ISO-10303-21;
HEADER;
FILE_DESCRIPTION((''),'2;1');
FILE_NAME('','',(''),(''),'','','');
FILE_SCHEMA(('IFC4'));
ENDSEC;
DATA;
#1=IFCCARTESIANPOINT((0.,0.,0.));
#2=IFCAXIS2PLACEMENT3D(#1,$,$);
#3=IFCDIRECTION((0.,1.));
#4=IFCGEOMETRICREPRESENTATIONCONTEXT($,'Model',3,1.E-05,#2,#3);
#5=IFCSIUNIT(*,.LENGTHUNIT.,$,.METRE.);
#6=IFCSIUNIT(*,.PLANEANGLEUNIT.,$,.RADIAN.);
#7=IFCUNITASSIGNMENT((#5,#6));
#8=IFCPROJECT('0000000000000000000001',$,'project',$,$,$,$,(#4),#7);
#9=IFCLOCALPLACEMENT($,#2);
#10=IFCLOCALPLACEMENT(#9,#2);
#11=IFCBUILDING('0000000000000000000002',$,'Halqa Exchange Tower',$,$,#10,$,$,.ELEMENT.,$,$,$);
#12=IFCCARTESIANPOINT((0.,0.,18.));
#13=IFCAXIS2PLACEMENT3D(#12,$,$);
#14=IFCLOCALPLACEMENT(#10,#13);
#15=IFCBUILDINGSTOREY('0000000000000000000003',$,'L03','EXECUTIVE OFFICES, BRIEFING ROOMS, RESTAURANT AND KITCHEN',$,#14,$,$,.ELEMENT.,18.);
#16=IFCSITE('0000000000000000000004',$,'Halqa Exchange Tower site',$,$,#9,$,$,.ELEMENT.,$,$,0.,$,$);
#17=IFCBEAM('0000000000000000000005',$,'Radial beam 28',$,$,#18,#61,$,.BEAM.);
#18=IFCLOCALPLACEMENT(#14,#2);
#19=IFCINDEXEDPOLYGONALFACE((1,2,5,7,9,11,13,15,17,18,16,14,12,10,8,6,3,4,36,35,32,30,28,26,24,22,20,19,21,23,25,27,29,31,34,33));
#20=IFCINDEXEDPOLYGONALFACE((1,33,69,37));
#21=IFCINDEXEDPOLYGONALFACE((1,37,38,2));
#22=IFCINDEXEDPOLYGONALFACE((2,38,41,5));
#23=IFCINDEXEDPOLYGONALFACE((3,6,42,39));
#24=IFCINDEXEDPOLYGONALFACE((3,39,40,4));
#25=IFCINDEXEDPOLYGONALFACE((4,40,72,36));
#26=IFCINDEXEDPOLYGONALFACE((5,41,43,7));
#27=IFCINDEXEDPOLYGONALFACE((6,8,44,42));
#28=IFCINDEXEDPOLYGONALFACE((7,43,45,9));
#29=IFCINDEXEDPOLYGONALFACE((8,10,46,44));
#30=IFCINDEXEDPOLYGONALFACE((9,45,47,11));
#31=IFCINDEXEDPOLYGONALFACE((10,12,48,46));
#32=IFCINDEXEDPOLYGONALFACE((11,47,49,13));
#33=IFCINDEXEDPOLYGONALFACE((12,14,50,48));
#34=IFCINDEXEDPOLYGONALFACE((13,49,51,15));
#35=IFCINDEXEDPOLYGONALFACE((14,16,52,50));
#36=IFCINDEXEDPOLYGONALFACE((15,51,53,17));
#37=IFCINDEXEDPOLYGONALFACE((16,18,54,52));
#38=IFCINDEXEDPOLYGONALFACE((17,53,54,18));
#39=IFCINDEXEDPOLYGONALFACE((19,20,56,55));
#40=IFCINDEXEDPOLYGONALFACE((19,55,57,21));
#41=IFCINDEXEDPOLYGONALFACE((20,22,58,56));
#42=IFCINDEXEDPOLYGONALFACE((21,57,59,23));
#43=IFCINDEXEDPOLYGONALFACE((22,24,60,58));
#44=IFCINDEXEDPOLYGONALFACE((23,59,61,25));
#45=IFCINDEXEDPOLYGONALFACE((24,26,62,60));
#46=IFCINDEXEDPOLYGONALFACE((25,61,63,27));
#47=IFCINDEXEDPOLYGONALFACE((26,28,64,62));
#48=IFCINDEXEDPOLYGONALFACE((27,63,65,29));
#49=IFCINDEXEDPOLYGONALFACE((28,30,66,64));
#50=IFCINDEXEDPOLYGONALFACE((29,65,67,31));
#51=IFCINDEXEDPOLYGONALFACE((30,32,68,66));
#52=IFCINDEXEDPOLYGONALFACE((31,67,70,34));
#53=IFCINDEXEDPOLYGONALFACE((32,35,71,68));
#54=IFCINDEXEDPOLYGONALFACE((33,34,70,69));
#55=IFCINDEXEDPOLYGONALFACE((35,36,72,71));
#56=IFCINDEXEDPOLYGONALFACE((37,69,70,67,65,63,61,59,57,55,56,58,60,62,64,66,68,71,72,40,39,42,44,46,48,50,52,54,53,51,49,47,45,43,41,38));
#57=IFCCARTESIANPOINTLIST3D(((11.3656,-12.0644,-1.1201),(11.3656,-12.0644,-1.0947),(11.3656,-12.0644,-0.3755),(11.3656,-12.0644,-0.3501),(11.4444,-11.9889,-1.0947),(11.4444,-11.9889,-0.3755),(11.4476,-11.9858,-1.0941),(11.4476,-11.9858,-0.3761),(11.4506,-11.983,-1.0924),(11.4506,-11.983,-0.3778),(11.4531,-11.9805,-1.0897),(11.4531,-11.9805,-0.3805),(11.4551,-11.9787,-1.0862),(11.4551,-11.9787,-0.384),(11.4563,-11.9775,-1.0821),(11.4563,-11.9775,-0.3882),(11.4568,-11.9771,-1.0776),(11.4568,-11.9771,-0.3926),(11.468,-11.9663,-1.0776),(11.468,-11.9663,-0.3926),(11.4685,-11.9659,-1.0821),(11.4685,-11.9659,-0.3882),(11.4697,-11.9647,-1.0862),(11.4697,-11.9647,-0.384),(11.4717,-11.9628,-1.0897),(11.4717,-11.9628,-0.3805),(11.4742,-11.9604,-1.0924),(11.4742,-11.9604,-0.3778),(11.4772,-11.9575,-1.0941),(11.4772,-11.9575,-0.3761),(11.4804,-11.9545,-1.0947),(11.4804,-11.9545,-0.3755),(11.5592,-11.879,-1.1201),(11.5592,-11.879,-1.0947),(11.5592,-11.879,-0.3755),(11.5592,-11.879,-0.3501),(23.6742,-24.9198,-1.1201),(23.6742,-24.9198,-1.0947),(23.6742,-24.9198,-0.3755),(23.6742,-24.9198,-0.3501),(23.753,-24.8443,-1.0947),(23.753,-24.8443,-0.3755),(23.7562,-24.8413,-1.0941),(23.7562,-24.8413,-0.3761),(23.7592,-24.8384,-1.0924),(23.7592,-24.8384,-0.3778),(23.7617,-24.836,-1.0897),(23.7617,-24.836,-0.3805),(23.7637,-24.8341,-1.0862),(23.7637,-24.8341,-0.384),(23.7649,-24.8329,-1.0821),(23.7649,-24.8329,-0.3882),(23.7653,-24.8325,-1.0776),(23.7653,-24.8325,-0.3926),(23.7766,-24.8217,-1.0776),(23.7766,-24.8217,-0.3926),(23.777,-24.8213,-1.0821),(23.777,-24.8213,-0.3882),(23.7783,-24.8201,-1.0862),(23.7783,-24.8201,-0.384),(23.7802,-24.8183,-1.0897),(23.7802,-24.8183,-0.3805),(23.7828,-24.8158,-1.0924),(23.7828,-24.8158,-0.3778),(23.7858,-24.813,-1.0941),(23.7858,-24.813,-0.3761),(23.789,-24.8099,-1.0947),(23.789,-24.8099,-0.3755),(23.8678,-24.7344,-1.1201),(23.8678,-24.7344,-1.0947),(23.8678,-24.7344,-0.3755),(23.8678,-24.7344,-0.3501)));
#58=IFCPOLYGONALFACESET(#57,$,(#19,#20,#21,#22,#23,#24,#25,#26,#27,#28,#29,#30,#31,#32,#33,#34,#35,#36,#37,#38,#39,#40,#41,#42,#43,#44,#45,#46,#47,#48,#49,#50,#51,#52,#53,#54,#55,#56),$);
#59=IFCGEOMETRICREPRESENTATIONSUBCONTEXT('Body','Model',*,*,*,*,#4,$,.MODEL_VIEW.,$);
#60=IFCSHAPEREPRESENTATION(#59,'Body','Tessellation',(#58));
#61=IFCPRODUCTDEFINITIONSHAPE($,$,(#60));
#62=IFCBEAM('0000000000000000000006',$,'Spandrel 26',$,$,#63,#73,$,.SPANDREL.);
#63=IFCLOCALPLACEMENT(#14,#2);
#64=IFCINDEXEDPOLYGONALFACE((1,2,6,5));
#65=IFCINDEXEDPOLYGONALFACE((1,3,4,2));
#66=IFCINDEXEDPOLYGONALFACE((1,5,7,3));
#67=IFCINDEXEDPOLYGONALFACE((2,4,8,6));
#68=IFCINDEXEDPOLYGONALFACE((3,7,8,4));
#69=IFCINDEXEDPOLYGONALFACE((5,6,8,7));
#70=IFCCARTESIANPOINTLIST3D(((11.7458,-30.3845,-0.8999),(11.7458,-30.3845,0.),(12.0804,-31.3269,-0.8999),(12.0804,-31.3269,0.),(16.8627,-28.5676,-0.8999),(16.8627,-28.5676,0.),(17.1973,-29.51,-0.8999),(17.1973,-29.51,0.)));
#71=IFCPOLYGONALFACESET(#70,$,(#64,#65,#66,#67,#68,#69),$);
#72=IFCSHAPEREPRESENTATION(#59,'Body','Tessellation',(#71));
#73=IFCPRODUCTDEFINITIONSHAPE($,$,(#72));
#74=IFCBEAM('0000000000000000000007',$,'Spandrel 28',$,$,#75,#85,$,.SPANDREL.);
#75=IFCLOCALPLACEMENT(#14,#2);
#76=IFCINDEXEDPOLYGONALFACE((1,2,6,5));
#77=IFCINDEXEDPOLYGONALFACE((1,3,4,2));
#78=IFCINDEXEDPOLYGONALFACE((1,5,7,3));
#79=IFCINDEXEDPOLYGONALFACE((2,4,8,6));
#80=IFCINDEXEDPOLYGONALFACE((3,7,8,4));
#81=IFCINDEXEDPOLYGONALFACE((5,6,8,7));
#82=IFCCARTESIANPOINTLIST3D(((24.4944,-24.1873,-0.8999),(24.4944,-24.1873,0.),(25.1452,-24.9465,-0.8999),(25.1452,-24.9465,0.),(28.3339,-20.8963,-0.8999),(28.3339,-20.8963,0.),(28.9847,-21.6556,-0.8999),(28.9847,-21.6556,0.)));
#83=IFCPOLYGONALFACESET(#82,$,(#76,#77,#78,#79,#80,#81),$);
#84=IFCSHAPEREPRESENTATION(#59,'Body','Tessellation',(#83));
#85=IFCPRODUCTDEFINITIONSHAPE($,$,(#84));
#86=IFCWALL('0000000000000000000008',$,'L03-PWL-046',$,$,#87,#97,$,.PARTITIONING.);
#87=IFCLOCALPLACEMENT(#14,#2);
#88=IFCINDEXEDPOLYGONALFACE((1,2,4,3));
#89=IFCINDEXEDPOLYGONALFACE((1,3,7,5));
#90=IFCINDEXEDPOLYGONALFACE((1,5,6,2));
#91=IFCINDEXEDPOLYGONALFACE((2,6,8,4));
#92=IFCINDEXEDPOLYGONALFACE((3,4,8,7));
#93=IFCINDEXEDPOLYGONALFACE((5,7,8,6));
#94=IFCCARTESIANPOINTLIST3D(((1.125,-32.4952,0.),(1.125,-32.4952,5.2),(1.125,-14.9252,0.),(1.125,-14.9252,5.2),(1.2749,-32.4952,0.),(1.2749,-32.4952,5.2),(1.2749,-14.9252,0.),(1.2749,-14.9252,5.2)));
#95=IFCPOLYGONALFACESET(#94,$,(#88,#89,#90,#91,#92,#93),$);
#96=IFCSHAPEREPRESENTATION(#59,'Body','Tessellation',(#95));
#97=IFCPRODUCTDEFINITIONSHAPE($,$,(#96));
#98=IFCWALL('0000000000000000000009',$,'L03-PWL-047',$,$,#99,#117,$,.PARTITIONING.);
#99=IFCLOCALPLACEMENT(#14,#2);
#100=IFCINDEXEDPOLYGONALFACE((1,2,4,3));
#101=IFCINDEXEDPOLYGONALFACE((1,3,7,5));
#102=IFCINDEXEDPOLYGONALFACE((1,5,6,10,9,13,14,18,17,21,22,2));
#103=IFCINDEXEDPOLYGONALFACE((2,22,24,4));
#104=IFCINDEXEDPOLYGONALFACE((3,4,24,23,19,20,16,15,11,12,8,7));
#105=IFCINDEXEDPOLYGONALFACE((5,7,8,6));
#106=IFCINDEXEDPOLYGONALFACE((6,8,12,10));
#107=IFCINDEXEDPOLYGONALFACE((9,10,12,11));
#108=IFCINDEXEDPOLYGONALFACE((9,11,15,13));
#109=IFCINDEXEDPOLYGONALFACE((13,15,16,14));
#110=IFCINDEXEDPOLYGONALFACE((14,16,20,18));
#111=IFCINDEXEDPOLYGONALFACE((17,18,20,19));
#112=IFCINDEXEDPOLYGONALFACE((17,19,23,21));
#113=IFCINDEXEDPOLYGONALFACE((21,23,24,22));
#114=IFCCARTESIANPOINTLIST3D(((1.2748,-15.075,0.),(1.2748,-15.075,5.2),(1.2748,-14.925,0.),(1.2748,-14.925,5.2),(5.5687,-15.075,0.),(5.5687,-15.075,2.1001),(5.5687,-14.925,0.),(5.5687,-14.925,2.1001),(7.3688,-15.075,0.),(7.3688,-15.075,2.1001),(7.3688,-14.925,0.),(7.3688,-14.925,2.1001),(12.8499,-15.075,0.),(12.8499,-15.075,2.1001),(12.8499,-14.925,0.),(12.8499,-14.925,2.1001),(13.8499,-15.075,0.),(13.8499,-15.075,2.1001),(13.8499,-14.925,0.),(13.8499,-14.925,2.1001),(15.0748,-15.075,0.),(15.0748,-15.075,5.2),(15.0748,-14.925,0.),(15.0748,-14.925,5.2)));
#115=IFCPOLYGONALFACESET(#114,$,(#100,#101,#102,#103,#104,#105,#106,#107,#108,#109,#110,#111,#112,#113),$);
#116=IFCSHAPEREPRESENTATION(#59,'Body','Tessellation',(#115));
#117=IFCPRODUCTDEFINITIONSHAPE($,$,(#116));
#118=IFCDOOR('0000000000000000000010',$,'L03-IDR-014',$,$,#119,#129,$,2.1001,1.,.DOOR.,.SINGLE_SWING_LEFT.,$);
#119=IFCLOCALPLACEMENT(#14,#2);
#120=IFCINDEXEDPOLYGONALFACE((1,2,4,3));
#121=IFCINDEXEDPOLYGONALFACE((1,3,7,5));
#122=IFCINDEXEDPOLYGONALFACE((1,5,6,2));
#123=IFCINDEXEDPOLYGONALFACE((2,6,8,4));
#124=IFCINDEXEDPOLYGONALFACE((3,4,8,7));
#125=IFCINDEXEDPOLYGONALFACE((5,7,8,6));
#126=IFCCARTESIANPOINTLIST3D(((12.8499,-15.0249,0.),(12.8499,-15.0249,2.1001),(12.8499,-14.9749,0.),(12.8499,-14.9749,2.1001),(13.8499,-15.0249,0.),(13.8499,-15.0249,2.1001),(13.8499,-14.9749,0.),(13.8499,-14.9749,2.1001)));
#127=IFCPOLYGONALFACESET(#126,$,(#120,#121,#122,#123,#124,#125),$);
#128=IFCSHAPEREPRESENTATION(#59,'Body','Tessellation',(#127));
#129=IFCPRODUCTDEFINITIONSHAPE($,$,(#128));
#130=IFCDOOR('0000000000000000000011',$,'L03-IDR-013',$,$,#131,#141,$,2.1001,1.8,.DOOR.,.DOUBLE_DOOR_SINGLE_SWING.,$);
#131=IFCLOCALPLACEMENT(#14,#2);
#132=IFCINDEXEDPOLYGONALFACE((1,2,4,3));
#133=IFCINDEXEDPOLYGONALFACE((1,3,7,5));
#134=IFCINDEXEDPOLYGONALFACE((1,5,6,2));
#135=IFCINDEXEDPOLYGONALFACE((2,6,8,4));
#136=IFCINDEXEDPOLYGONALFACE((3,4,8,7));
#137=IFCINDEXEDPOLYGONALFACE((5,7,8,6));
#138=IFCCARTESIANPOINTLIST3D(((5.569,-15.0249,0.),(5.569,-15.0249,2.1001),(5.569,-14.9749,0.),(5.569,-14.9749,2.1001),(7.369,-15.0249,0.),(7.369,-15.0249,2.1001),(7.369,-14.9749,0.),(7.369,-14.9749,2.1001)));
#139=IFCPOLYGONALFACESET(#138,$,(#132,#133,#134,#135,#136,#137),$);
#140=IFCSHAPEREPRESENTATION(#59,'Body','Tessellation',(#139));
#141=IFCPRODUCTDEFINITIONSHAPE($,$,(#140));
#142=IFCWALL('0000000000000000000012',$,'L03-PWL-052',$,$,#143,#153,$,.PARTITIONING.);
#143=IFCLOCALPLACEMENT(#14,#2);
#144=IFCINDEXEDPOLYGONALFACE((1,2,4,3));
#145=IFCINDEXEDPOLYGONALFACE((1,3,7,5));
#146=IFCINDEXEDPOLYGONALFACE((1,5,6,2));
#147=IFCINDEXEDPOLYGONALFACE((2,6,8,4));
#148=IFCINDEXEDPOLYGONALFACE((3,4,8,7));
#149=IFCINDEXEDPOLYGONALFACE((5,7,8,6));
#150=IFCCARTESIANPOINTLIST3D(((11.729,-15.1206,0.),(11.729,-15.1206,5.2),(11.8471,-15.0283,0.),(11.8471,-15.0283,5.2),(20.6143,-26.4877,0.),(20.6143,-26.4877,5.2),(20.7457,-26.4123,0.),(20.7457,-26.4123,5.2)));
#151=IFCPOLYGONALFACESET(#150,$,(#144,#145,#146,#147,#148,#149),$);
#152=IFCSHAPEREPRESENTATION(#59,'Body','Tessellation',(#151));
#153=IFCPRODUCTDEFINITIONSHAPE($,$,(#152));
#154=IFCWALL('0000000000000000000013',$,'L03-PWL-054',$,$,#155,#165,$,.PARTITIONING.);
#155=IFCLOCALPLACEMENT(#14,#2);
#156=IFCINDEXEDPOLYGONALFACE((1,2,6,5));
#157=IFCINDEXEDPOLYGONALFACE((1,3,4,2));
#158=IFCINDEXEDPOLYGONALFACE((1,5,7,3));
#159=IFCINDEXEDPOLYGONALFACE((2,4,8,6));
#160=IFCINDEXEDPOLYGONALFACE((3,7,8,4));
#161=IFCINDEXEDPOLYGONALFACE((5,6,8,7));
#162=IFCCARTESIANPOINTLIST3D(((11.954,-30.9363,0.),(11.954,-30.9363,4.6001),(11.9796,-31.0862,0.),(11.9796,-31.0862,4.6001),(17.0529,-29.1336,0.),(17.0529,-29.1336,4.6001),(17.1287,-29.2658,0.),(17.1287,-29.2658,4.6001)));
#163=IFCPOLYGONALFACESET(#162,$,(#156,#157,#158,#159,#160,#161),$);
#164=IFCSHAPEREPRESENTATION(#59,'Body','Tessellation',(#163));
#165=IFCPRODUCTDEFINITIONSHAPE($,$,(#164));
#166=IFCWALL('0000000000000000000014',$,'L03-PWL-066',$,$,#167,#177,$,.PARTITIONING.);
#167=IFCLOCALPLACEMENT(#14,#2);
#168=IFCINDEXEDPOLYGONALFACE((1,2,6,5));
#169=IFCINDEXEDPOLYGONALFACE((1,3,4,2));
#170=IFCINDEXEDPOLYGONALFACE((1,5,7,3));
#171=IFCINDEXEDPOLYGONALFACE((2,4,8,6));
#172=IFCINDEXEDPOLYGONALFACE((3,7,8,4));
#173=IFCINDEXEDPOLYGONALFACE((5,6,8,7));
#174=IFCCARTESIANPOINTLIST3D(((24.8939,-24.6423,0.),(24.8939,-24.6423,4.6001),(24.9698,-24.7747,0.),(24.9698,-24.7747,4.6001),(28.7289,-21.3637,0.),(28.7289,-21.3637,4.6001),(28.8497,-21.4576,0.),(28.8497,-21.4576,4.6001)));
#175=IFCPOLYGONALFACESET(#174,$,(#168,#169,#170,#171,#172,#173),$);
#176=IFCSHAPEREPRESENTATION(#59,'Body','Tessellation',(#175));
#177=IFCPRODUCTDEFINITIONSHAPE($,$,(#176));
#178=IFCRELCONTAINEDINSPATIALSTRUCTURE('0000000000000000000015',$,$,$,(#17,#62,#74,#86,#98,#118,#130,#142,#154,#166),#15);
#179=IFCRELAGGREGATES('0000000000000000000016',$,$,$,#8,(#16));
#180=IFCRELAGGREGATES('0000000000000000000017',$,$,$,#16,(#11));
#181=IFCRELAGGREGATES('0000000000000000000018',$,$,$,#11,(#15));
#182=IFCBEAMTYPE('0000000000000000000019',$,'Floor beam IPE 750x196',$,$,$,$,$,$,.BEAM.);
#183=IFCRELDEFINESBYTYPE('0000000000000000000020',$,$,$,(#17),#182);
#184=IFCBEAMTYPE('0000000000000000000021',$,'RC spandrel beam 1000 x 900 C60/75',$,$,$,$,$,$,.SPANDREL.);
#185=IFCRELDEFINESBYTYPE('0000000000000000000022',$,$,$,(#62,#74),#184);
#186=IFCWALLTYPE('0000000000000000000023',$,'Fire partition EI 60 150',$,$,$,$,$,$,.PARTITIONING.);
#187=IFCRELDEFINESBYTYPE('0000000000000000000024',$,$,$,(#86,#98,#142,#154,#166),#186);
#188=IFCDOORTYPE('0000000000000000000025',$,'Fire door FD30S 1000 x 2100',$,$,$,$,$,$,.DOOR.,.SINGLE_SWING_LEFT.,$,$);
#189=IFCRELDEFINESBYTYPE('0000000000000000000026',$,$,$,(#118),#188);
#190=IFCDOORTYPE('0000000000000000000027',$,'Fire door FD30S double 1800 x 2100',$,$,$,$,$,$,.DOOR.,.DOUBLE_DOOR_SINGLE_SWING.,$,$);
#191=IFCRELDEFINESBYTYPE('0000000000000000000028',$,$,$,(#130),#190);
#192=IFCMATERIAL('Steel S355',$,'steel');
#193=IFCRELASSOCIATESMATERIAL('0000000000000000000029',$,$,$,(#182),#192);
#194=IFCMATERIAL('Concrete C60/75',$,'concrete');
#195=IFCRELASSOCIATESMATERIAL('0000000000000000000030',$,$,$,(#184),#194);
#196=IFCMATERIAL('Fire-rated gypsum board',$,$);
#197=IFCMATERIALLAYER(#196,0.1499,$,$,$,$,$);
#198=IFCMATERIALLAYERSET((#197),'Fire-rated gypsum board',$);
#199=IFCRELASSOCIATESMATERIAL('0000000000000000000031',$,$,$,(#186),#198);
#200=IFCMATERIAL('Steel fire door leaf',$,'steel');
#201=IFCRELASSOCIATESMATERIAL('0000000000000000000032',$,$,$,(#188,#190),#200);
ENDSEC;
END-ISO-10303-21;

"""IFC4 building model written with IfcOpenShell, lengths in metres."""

from ifc_helpers import new_model, si_unit, direction, frame, frame_2d, origin, origin_2d, place, context, subcontext, project, spatial, polyline, rectangle, i_section, outline, extrude, material, layer, layer_set, material_profile, profile_set, type_object, element, fill, save


model = new_model("IFC4")

# Units and contexts
model_context = context("Model", 3, precision=1e-05, world=origin(), true_north=direction((0.0, 1.0)))
body_context = subcontext(model_context, "Body", "Model", "MODEL_VIEW")
ifc_project = project(units=[si_unit("LENGTHUNIT", "METRE"), si_unit("PLANEANGLEUNIT", "RADIAN")], contexts=[model_context])

# Site, building, storey
site_placement = place(None, origin())
site = spatial("IfcSite", under=ifc_project, at=site_placement, Name="Halqa Exchange Tower site", CompositionType="ELEMENT", RefElevation=0.0)
building_placement = place(site_placement, origin())
building = spatial("IfcBuilding", under=site, at=building_placement, Name="Halqa Exchange Tower", CompositionType="ELEMENT")
storey_placement = place(building_placement, frame((0.0, 0.0, 18.0)))
storey = spatial("IfcBuildingStorey", under=building, at=storey_placement, Name="L03", Description="EXECUTIVE OFFICES, BRIEFING ROOMS, RESTAURANT AND KITCHEN", CompositionType="ELEMENT", Elevation=18.0)

# Beams
ifc_material_1 = material(Name="Steel S355", Category="steel")
ifc_material_profile_1 = material_profile(ifc_material_1, i_section(OverallWidth=0.2681, OverallDepth=0.77, WebThickness=0.0156, FlangeThickness=0.0254, FilletRadius=0.0171, at=origin_2d()), Name="IPE 750x196")
ifc_profile_set_1 = profile_set([ifc_material_profile_1], Name="Steel S355")
beam_type_1 = type_object("IfcBeamType", Name="Floor beam IPE 750x196", PredefinedType="BEAM", material=ifc_profile_set_1)
beam_1_placement = place(storey_placement, frame((11.4624, -11.9717, -0.7351), z_axis=(0.691576, -0.722303, 0.0), x_axis=(0.722303, 0.691576, 0.0)))
element("IfcBeam", 1, at=beam_1_placement, inside=storey, type_object=beam_type_1, Name="Radial beam 28", PredefinedType="BEAM", context=body_context, shape_type="SweptSolid", body=[
    extrude(i_section(OverallWidth=0.2681, OverallDepth=0.77, WebThickness=0.0156, FlangeThickness=0.0254, FilletRadius=0.0171, at=origin_2d()), origin(), (0.0, 0.0, 1.0), 17.7979),
])
ifc_material_2 = material(Name="Concrete C60/75", Category="concrete")
ifc_material_profile_2 = material_profile(ifc_material_2, rectangle(XDim=1.0, YDim=0.8999, at=origin_2d()), Name="1000 x 900")
ifc_profile_set_2 = profile_set([ifc_material_profile_2], Name="Concrete C60/75")
beam_type_2 = type_object("IfcBeamType", Name="RC spandrel beam 1000 x 900 C60/75", PredefinedType="SPANDREL", material=ifc_profile_set_2)
beam_2_placement = place(storey_placement, frame((11.9131, -30.8557, -0.45), z_axis=(0.942358, 0.334607, 0.0), x_axis=(-0.334607, 0.942358, 0.0)))
element("IfcBeam", 2, at=beam_2_placement, inside=storey, type_object=beam_type_2, Name="Spandrel 26", PredefinedType="SPANDREL", context=body_context, shape_type="SweptSolid", body=[
    extrude(rectangle(XDim=1.0, YDim=0.8999, at=origin_2d()), origin(), (0.0, 0.0, 1.0), 5.4299),
])
beam_3_placement = place(storey_placement, frame((24.8198, -24.5669, -0.45), z_axis=(0.759263, 0.650783, 0.0), x_axis=(-0.650783, 0.759263, 0.0)))
element("IfcBeam", 3, at=beam_3_placement, inside=storey, type_object=beam_type_2, Name="Spandrel 28", PredefinedType="SPANDREL", context=body_context, shape_type="SweptSolid", body=[
    extrude(rectangle(XDim=1.0, YDim=0.8999, at=origin_2d()), origin(), (0.0, 0.0, 1.0), 5.0569),
])

# Wall
ifc_material_3 = material(Name="Fire-rated gypsum board")
ifc_layer_1 = layer(ifc_material_3, 0.1499)
ifc_layer_set_1 = layer_set([ifc_layer_1], Name="Fire-rated gypsum board")
wall_type_1 = type_object("IfcWallType", Name="Fire partition EI 60 150", PredefinedType="PARTITIONING", material=ifc_layer_set_1)
wall_1_placement = place(storey_placement, frame((1.2, -14.925, 0.0), z_axis=(0.0, 0.0, 1.0), x_axis=(0.0, -1.0, 0.0)))
element("IfcWall", 4, at=wall_1_placement, inside=storey, type_object=wall_type_1, Name="L03-PWL-046", PredefinedType="PARTITIONING", context=body_context, shape_type="SweptSolid", body=[
    extrude(rectangle(XDim=17.5701, YDim=0.1499, at=frame_2d((8.7852, 0.0))), origin(), (0.0, 0.0, 1.0), 5.2),
])

# Wall, openings, doors
wall_2_placement = place(storey_placement, frame((1.2749, -15.0, 0.0), z_axis=(0.0, 0.0, 1.0), x_axis=(1.0, 0.0, 0.0)))
wall_2 = element("IfcWall", 5, at=wall_2_placement, inside=storey, type_object=wall_type_1, Name="L03-PWL-047", PredefinedType="PARTITIONING", context=body_context, shape_type="SweptSolid", body=[
    extrude(rectangle(XDim=13.8, YDim=0.1499, at=frame_2d((6.8999, 0.0))), origin(), (0.0, 0.0, 1.0), 5.2),
])
opening_1_placement = place(wall_2_placement, frame((4.2939, 0.0, 0.0)))
opening_1 = element("IfcOpeningElement", 6, at=opening_1_placement, cuts=wall_2, PredefinedType="OPENING", context=body_context, shape_type="SweptSolid", body=[
    extrude(rectangle(XDim=1.8, YDim=2.1001, at=frame_2d((0.8999, 1.05))), frame((0.0, 0.0869, 0.0), z_axis=(0.0, -1.0, 0.0), x_axis=(1.0, 0.0, 0.0)), (0.0, 0.0, 1.0), 0.1738),
])
opening_2_placement = place(wall_2_placement, frame((11.575, 0.0, 0.0)))
opening_2 = element("IfcOpeningElement", 7, at=opening_2_placement, cuts=wall_2, PredefinedType="OPENING", context=body_context, shape_type="SweptSolid", body=[
    extrude(rectangle(XDim=1.0, YDim=2.1001, at=frame_2d((0.5, 1.05))), frame((0.0, 0.0869, 0.0), z_axis=(0.0, -1.0, 0.0), x_axis=(1.0, 0.0, 0.0)), (0.0, 0.0, 1.0), 0.1738),
])
ifc_material_4 = material(Name="Steel fire door leaf", Category="steel")
door_type_1 = type_object("IfcDoorType", Name="Fire door FD30S 1000 x 2100", OperationType="SINGLE_SWING_LEFT", PredefinedType="DOOR", material=ifc_material_4)
door_1_placement = place(opening_2_placement, frame((1.0, 0.0, 0.0), z_axis=(0.0, 0.0, 1.0), x_axis=(-1.0, 0.0, 0.0)))
door_1 = element("IfcDoor", 8, at=door_1_placement, inside=storey, type_object=door_type_1, Name="L03-IDR-014", OperationType="SINGLE_SWING_LEFT", OverallHeight=2.1001, OverallWidth=1.0, PredefinedType="DOOR", context=body_context, shape_type="SweptSolid", body=[
    extrude(rectangle(XDim=1.0, YDim=2.1001, at=frame_2d((0.5, 1.05))), frame((0.0, 0.0249, 0.0), z_axis=(0.0, -1.0, 0.0), x_axis=(1.0, 0.0, 0.0)), (0.0, 0.0, 1.0), 0.05),
])
fill(opening_2, door_1)
door_type_2 = type_object("IfcDoorType", Name="Fire door FD30S double 1800 x 2100", OperationType="DOUBLE_DOOR_SINGLE_SWING", PredefinedType="DOOR", material=ifc_material_4)
door_2_placement = place(opening_1_placement, frame((1.8, 0.0, 0.0), z_axis=(0.0, 0.0, 1.0), x_axis=(-1.0, 0.0, 0.0)))
door_2 = element("IfcDoor", 9, at=door_2_placement, inside=storey, type_object=door_type_2, Name="L03-IDR-013", OperationType="DOUBLE_DOOR_SINGLE_SWING", OverallHeight=2.1001, OverallWidth=1.8, PredefinedType="DOOR", context=body_context, shape_type="SweptSolid", body=[
    extrude(rectangle(XDim=1.8, YDim=2.1001, at=frame_2d((0.8999, 1.05))), frame((0.0, 0.0249, 0.0), z_axis=(0.0, -1.0, 0.0), x_axis=(1.0, 0.0, 0.0)), (0.0, 0.0, 1.0), 0.05),
])
fill(opening_1, door_2)

# Walls
wall_3_placement = place(storey_placement, frame((11.7881, -15.0745, 0.0), z_axis=(0.0, 0.0, 1.0), x_axis=(0.615848, -0.787865, 0.0)))
element("IfcWall", 10, at=wall_3_placement, inside=storey, type_object=wall_type_1, Name="L03-PWL-052", PredefinedType="PARTITIONING", context=body_context, shape_type="SweptSolid", body=[
    extrude(outline(polyline([(0.0, -0.075), (14.4277, -0.075), (14.4492, 0.075), (0.0, 0.075), (0.0, -0.075)])), origin(), (0.0, 0.0, 1.0), 5.2),
])
wall_4_placement = place(storey_placement, frame((11.9668, -31.0112, 0.0), z_axis=(0.0, 0.0, 1.0), x_axis=(0.942814, 0.333318, 0.0)))
element("IfcWall", 11, at=wall_4_placement, inside=storey, type_object=wall_type_1, Name="L03-PWL-054", PredefinedType="PARTITIONING", context=body_context, shape_type="SweptSolid", body=[
    extrude(outline(polyline([(-0.0129, -0.075), (5.4485, -0.075), (5.4211, 0.075), (0.0129, 0.075), (-0.0129, -0.075)])), origin(), (0.0, 0.0, 1.0), 4.6001),
])
wall_5_placement = place(storey_placement, frame((24.9319, -24.7085, 0.0), z_axis=(0.0, 0.0, 1.0), x_axis=(0.760085, 0.649824, 0.0)))
element("IfcWall", 12, at=wall_5_placement, inside=storey, type_object=wall_type_1, Name="L03-PWL-066", PredefinedType="PARTITIONING", context=body_context, shape_type="SweptSolid", body=[
    extrude(outline(polyline([(-0.0142, -0.075), (5.0903, -0.075), (5.0596, 0.075), (0.0142, 0.075), (-0.0142, -0.075)])), origin(), (0.0, 0.0, 1.0), 4.6001),
])

save(model, "model.ifc")
